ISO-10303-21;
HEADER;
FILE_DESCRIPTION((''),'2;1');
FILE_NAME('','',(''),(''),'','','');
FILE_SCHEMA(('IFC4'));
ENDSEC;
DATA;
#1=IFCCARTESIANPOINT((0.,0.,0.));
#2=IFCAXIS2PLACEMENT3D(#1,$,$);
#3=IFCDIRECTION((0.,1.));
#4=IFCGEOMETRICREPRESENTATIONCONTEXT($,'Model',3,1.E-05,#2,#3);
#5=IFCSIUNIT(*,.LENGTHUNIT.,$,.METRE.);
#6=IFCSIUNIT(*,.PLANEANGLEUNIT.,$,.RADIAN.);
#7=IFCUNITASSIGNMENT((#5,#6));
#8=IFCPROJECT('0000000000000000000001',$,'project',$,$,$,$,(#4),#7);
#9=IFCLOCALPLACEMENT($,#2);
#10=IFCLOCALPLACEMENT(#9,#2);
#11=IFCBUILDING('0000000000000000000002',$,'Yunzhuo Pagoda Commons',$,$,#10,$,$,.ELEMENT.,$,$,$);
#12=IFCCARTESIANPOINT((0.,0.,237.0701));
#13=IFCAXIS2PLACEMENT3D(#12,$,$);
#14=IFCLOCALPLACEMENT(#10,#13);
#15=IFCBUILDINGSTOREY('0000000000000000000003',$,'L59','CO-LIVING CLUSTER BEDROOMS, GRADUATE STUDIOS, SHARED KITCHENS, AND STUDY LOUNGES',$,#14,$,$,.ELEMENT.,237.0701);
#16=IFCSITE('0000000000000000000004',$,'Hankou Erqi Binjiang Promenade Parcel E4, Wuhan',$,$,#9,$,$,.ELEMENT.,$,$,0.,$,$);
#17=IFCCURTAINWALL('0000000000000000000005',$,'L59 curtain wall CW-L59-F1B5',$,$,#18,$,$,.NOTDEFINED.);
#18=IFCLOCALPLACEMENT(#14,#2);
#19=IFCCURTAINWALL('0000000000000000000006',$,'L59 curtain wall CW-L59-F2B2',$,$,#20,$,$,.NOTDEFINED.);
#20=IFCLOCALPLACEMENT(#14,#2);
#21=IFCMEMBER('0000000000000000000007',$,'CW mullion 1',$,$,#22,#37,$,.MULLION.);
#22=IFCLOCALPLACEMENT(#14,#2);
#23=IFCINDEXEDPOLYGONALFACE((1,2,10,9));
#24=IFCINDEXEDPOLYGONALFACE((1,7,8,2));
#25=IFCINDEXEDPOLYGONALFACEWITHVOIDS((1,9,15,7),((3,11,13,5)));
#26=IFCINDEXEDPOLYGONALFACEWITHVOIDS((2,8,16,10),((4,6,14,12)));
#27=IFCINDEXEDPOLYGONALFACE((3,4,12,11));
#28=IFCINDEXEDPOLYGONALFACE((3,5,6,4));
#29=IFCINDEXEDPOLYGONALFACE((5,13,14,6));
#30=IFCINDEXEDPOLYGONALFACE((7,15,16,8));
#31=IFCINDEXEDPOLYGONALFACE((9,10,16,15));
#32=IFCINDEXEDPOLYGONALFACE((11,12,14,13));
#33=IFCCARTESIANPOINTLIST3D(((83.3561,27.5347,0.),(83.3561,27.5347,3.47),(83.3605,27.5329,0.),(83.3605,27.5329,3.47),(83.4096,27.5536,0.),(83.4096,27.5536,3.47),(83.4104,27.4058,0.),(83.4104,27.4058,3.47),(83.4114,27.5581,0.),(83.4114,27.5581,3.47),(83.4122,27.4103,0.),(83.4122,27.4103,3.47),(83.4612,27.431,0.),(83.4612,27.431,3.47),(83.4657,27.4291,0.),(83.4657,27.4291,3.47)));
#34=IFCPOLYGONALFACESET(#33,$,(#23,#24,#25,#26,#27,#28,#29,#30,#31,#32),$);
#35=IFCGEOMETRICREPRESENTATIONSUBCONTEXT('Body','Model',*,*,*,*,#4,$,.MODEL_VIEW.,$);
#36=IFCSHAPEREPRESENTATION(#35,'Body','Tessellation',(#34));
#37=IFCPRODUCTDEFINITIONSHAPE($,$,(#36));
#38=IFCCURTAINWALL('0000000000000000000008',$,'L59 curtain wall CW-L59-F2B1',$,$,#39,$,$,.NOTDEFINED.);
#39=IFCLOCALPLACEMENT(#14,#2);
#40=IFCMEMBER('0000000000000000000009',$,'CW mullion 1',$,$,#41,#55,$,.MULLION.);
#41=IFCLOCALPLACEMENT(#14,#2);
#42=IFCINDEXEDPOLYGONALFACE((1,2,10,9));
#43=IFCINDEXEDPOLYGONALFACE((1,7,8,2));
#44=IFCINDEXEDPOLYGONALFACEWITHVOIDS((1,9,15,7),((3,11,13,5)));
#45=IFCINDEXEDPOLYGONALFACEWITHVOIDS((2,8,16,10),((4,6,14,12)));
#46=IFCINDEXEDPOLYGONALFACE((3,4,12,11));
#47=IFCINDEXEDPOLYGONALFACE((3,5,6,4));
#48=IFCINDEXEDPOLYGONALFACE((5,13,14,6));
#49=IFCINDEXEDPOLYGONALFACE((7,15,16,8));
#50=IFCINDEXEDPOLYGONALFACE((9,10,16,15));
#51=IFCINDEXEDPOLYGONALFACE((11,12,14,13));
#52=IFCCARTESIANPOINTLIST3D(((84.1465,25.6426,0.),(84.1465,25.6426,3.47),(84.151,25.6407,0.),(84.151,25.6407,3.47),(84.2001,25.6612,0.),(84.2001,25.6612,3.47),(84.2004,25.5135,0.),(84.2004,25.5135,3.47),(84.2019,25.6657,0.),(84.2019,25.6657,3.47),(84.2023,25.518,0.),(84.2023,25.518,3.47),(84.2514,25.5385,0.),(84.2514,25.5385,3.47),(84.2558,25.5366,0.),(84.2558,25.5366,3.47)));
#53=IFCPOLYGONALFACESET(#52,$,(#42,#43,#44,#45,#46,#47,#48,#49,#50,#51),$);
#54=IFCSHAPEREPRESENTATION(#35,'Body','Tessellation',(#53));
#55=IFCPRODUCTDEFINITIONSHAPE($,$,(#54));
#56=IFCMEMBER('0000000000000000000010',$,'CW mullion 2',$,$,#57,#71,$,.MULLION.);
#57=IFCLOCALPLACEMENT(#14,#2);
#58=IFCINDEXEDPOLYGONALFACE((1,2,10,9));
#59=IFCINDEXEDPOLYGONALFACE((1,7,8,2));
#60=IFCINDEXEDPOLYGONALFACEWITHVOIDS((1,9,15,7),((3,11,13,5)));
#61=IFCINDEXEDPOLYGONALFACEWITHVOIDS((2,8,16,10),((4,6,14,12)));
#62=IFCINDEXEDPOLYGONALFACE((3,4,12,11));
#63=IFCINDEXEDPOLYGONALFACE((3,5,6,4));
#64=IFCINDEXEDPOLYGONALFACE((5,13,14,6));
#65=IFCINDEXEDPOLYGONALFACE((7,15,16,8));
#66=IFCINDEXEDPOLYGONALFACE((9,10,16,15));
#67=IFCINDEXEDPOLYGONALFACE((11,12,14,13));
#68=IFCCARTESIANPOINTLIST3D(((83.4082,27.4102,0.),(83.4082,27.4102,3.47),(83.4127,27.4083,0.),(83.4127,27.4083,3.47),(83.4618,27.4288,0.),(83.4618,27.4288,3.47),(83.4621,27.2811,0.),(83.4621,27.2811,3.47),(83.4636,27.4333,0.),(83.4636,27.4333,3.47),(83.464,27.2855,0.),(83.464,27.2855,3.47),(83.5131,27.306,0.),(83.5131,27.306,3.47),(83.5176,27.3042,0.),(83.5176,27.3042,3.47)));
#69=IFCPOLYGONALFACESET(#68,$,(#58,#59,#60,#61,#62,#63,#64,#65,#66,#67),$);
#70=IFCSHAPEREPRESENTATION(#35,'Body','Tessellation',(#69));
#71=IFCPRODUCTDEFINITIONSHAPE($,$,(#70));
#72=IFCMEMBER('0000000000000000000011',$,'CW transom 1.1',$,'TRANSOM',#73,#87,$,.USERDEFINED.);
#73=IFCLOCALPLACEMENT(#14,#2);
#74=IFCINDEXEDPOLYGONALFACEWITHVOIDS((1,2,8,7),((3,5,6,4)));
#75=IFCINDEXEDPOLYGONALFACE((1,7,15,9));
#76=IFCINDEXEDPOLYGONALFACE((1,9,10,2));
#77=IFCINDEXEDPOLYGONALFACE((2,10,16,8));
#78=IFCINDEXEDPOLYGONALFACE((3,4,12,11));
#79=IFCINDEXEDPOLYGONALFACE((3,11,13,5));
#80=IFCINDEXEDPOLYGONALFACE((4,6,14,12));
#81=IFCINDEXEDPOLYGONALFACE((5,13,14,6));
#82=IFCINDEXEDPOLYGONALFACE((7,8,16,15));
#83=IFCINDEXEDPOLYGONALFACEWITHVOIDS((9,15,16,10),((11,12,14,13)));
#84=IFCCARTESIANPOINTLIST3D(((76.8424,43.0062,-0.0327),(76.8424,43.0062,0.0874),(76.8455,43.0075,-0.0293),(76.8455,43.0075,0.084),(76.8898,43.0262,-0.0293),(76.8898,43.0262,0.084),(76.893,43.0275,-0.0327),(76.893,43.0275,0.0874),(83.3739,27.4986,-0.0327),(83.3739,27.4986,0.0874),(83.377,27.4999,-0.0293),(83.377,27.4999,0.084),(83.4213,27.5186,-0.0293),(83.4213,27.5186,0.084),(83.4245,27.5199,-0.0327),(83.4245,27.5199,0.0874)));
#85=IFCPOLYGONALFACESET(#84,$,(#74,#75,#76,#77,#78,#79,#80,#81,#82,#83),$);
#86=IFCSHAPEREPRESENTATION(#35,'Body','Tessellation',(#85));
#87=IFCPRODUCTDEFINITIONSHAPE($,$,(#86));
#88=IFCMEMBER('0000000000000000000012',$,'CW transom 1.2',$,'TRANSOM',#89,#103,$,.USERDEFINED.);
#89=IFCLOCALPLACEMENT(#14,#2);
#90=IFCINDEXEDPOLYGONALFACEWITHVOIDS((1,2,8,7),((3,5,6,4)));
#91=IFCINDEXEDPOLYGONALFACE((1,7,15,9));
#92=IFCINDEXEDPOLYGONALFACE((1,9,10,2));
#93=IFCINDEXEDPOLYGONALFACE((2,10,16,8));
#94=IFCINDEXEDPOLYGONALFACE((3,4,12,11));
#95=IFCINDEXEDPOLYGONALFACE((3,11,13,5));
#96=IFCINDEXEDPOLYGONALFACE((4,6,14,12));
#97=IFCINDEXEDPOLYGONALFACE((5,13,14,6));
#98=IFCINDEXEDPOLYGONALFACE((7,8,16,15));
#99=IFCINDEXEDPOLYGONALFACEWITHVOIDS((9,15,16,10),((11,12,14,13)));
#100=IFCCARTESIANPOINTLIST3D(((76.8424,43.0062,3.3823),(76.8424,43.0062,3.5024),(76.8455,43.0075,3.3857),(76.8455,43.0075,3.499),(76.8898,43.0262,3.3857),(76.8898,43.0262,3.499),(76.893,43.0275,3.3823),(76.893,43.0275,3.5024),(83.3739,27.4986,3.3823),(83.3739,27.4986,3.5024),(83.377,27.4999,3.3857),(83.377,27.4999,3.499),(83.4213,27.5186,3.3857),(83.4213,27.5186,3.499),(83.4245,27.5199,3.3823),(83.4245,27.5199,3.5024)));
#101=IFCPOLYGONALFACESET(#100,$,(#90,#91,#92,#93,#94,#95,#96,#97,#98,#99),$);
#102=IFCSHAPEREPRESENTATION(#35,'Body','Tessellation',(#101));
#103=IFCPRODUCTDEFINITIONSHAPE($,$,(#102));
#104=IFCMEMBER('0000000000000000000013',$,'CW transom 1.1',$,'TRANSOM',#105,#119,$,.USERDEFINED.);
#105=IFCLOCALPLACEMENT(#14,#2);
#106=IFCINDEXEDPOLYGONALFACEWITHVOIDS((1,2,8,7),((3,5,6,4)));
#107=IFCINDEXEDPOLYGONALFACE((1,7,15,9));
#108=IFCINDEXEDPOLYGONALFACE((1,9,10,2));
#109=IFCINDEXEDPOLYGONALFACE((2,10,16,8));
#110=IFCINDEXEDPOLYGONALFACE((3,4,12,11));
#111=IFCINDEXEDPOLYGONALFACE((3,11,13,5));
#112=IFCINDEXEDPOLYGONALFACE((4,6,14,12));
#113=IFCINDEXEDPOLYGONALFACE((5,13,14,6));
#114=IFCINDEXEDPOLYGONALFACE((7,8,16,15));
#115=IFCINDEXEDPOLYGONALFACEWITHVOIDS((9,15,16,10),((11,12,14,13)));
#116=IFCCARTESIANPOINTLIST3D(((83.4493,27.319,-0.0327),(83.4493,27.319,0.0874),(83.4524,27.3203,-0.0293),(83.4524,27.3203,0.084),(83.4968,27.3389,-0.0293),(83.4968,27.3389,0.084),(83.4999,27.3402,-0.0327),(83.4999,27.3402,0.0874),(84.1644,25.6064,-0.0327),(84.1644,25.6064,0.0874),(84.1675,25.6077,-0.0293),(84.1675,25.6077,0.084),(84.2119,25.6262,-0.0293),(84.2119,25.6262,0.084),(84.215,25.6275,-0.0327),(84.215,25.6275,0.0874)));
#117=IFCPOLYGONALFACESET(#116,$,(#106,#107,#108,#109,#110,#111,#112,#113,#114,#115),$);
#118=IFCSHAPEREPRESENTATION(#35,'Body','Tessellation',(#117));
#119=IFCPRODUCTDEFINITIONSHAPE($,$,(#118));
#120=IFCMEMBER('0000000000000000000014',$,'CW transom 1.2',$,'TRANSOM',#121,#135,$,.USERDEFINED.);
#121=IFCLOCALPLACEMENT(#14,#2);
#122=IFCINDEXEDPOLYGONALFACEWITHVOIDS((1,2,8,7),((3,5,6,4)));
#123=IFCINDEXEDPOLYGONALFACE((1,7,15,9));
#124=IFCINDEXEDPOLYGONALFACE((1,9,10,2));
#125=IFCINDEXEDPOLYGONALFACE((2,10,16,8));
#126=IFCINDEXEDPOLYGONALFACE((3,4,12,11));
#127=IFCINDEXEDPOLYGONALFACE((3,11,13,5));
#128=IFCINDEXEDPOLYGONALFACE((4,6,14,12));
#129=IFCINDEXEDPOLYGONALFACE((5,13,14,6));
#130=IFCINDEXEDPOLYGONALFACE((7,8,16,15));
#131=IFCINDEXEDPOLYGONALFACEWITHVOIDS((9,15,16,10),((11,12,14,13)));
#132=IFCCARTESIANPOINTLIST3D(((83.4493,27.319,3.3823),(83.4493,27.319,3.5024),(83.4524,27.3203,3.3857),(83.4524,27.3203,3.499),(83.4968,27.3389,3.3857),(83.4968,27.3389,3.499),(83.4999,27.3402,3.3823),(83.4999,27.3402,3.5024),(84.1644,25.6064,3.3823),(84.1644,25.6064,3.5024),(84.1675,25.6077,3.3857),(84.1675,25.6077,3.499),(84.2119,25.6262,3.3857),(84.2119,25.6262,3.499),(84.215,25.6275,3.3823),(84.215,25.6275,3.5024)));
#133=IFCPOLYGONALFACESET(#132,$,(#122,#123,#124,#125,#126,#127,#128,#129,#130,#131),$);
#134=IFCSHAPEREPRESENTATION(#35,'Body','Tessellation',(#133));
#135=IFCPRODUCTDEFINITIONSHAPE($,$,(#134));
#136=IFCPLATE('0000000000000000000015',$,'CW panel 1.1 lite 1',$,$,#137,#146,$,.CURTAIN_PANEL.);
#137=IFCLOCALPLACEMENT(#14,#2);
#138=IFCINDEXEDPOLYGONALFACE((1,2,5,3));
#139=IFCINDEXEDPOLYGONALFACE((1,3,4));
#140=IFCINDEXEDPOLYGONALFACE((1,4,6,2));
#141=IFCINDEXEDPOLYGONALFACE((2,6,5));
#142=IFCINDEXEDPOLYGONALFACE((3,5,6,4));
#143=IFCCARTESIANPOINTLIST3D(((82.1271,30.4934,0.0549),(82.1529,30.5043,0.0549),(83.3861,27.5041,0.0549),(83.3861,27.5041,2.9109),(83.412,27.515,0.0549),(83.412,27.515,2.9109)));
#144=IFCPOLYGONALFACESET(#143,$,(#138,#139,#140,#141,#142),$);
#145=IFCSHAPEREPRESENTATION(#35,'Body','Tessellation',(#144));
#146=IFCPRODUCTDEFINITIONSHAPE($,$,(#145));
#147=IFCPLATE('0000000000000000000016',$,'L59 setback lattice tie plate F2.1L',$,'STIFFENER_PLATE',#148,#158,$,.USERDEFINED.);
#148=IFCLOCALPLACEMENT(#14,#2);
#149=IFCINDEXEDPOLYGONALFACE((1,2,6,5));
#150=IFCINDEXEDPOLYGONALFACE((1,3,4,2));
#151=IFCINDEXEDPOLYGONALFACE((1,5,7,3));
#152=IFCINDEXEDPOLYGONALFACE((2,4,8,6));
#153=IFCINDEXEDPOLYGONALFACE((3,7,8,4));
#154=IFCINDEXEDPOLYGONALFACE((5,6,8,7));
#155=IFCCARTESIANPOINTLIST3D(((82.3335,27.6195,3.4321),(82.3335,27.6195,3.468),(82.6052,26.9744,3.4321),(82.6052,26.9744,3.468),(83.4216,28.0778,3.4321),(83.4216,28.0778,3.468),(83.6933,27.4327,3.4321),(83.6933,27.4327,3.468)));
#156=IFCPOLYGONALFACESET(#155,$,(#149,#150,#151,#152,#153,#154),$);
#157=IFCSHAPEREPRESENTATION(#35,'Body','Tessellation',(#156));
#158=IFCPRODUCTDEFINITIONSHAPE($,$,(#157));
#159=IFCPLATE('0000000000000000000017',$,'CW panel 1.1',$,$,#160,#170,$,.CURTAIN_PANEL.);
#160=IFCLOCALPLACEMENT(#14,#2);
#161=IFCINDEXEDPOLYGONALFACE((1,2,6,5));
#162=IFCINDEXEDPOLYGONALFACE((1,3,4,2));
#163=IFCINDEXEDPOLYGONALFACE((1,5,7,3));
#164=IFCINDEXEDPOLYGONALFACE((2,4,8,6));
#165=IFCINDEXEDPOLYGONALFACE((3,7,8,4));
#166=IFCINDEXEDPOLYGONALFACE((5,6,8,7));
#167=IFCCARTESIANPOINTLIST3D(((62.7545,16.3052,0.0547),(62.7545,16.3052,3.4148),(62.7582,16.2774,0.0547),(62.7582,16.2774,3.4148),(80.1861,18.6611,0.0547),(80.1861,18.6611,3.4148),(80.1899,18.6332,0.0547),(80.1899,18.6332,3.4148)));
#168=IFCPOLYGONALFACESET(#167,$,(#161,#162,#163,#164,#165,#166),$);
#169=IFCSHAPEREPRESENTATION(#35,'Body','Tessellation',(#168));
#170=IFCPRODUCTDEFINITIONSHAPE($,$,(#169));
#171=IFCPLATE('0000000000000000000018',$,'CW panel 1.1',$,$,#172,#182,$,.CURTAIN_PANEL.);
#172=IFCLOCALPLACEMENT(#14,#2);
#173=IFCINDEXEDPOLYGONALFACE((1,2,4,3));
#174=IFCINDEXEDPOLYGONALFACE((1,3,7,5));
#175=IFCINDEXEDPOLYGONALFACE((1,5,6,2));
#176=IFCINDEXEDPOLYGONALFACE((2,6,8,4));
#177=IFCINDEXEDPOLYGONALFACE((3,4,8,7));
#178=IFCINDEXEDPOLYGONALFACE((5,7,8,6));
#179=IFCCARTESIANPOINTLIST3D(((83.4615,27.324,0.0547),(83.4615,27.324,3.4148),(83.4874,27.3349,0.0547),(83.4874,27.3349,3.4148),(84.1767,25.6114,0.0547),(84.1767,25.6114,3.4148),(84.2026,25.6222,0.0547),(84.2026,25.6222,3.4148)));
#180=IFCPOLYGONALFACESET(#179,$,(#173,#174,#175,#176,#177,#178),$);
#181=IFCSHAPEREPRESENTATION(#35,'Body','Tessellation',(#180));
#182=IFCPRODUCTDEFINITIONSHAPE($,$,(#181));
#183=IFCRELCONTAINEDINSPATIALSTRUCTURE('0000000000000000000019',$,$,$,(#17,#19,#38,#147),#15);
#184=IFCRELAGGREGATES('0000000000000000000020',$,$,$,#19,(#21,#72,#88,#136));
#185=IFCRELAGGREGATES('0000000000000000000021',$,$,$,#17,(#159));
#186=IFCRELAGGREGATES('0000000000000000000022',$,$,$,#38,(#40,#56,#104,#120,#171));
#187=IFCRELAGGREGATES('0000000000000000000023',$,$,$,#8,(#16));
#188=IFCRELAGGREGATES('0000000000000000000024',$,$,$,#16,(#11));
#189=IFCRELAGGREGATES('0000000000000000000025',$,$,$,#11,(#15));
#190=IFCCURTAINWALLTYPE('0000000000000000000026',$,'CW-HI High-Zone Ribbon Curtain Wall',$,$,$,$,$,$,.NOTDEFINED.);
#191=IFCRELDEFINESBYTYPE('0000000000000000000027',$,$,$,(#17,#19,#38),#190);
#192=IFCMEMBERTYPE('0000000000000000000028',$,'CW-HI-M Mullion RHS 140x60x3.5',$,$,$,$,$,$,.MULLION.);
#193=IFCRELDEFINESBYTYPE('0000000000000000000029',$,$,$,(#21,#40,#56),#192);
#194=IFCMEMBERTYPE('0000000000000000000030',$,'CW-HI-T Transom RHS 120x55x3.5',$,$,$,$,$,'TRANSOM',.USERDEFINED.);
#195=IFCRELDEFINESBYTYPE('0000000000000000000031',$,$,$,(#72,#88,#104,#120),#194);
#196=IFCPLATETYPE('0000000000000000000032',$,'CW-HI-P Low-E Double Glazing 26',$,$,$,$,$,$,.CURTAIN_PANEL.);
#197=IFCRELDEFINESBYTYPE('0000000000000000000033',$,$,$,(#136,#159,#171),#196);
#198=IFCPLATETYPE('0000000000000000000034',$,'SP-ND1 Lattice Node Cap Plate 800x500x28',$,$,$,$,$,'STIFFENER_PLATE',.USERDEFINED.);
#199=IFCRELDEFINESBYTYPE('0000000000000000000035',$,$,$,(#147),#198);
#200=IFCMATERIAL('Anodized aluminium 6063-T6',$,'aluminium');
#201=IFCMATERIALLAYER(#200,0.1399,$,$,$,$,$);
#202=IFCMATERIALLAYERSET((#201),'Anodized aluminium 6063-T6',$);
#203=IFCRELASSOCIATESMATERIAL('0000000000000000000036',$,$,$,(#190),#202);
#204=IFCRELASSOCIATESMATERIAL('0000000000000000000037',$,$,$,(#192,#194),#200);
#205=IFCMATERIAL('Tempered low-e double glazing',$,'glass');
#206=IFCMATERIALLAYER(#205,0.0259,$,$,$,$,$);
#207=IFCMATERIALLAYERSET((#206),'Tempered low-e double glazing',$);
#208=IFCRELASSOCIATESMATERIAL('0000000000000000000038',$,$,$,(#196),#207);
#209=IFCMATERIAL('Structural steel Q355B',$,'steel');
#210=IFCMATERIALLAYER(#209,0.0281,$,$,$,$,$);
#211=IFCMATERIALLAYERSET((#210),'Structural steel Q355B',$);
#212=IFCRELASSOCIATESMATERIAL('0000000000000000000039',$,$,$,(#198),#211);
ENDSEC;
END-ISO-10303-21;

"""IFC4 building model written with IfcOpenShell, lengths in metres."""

from ifc_helpers import new_model, si_unit, direction, frame, origin, origin_2d, place, context, subcontext, project, spatial, polyline, rectangle, hollow_rectangle, outline, extrude, source, transform, mapped, material, layer, layer_set, material_profile, profile_set, type_object, element, aggregate, save


model = new_model("IFC4")

# Units and contexts
model_context = context("Model", 3, precision=1e-05, world=origin(), true_north=direction((0.0, 1.0)))
body_context = subcontext(model_context, "Body", "Model", "MODEL_VIEW")
ifc_project = project(units=[si_unit("LENGTHUNIT", "METRE"), si_unit("PLANEANGLEUNIT", "RADIAN")], contexts=[model_context])

# Site, building, storey
site_placement = place(None, origin())
site = spatial("IfcSite", under=ifc_project, at=site_placement, Name="Hankou Erqi Binjiang Promenade Parcel E4, Wuhan", CompositionType="ELEMENT", RefElevation=0.0)
building_placement = place(site_placement, origin())
building = spatial("IfcBuilding", under=site, at=building_placement, Name="Yunzhuo Pagoda Commons", CompositionType="ELEMENT")
storey_placement = place(building_placement, frame((0.0, 0.0, 237.0701)))
storey = spatial("IfcBuildingStorey", under=building, at=storey_placement, Name="L59", Description="CO-LIVING CLUSTER BEDROOMS, GRADUATE STUDIOS, SHARED KITCHENS, AND STUDY LOUNGES", CompositionType="ELEMENT", Elevation=237.0701)

# Shared definitions
ifc_material_1 = material(Name="Structural steel Q355B", Category="steel")

# Curtain walls, member
ifc_material_2 = material(Name="Anodized aluminium 6063-T6", Category="aluminium")
ifc_layer_1 = layer(ifc_material_2, 0.1399)
ifc_layer_set_1 = layer_set([ifc_layer_1], Name="Anodized aluminium 6063-T6")
curtain_wall_type = type_object("IfcCurtainWallType", Name="CW-HI High-Zone Ribbon Curtain Wall", PredefinedType="NOTDEFINED", material=ifc_layer_set_1)
curtain_wall_1_placement = place(storey_placement, origin())
curtain_wall_1 = element("IfcCurtainWall", 1, at=curtain_wall_1_placement, inside=storey, type_object=curtain_wall_type, Name="L59 curtain wall CW-L59-F1B5", PredefinedType="NOTDEFINED")
ifc_material_profile_1 = material_profile(ifc_material_2, hollow_rectangle(XDim=0.0601, YDim=0.1399, WallThickness=0.0034, at=origin_2d()), Name="Anodized aluminium 6063-T6")
ifc_profile_set_1 = profile_set([ifc_material_profile_1], Name="Anodized aluminium 6063-T6")
member_type_1 = type_object("IfcMemberType", Name="CW-HI-M Mullion RHS 140x60x3.5", PredefinedType="MULLION", material=ifc_profile_set_1)
shared_shape_1 = source(origin(), body_context, "Body", "SweptSolid", [
    extrude(hollow_rectangle(XDim=0.0601, YDim=0.1399, WallThickness=0.0034, at=origin_2d()), origin(), (0.0, 0.0, 1.0), 3.47),
])
curtain_wall_2_placement = place(storey_placement, origin())
curtain_wall_2 = element("IfcCurtainWall", 2, at=curtain_wall_2_placement, inside=storey, type_object=curtain_wall_type, Name="L59 curtain wall CW-L59-F2B2", PredefinedType="NOTDEFINED")
member_1_placement = place(storey_placement, frame((83.4109, 27.4819, 0.0), z_axis=(0.0, 0.0, 1.0), x_axis=(-0.921589, -0.388167, 0.0)))
member_1 = element("IfcMember", 3, at=member_1_placement, type_object=member_type_1, Name="CW mullion 1", PredefinedType="MULLION", context=body_context, shape_type="MappedRepresentation", body=[
    mapped(shared_shape_1, transform((0.0, 0.0, 0.0), scale=1.0)),
])

# Curtain wall, members
curtain_wall_3_placement = place(storey_placement, origin())
curtain_wall_3 = element("IfcCurtainWall", 4, at=curtain_wall_3_placement, inside=storey, type_object=curtain_wall_type, Name="L59 curtain wall CW-L59-F2B1", PredefinedType="NOTDEFINED")
member_2_placement = place(storey_placement, frame((84.2012, 25.5896, 0.0), z_axis=(0.0, 0.0, 1.0), x_axis=(-0.922773, -0.385345, 0.0)))
member_2 = element("IfcMember", 5, at=member_2_placement, type_object=member_type_1, Name="CW mullion 1", PredefinedType="MULLION", context=body_context, shape_type="MappedRepresentation", body=[
    mapped(shared_shape_1, transform((0.0, 0.0, 0.0), scale=1.0)),
])
member_3_placement = place(storey_placement, frame((83.4629, 27.3572, 0.0), z_axis=(0.0, 0.0, 1.0), x_axis=(-0.922773, -0.385345, 0.0)))
member_3 = element("IfcMember", 6, at=member_3_placement, type_object=member_type_1, Name="CW mullion 2", PredefinedType="MULLION", context=body_context, shape_type="MappedRepresentation", body=[
    mapped(shared_shape_1, transform((0.0, 0.0, 0.0), scale=1.0)),
])

# Members
ifc_material_profile_2 = material_profile(ifc_material_2, hollow_rectangle(XDim=0.0549, YDim=0.1201, WallThickness=0.0034, at=origin_2d()), Name="Anodized aluminium 6063-T6")
ifc_profile_set_2 = profile_set([ifc_material_profile_2], Name="Anodized aluminium 6063-T6")
member_type_2 = type_object("IfcMemberType", Name="CW-HI-T Transom RHS 120x55x3.5", ElementType="TRANSOM", PredefinedType="USERDEFINED", material=ifc_profile_set_2)
shared_shape_2 = source(origin(), body_context, "Body", "SweptSolid", [
    extrude(hollow_rectangle(XDim=0.0549, YDim=0.1201, WallThickness=0.0034, at=origin_2d()), origin(), (0.0, 0.0, 1.0), 16.8269),
])
member_4_placement = place(storey_placement, frame((83.3992, 27.5093, 0.0273), z_axis=(-0.388158, 0.921593, 0.0), x_axis=(-0.921593, -0.388158, 0.0)))
member_4 = element("IfcMember", 7, at=member_4_placement, type_object=member_type_2, Name="CW transom 1.1", ObjectType="TRANSOM", PredefinedType="USERDEFINED", context=body_context, shape_type="MappedRepresentation", body=[
    mapped(shared_shape_2, transform((0.0, 0.0, 0.0), scale=1.0)),
])
member_5_placement = place(storey_placement, frame((83.3992, 27.5093, 3.4424), z_axis=(-0.388158, 0.921593, 0.0), x_axis=(-0.921593, -0.388158, 0.0)))
member_5 = element("IfcMember", 8, at=member_5_placement, type_object=member_type_2, Name="CW transom 1.2", ObjectType="TRANSOM", PredefinedType="USERDEFINED", context=body_context, shape_type="MappedRepresentation", body=[
    mapped(shared_shape_2, transform((0.0, 0.0, 0.0), scale=1.0)),
])
shared_shape_3 = source(origin(), body_context, "Body", "SweptSolid", [
    extrude(hollow_rectangle(XDim=0.0549, YDim=0.1201, WallThickness=0.0034, at=origin_2d()), origin(), (0.0, 0.0, 1.0), 1.856),
])
member_6_placement = place(storey_placement, frame((84.1897, 25.6169, 0.0273), z_axis=(-0.385297, 0.922793, 0.0), x_axis=(-0.922793, -0.385297, 0.0)))
member_6 = element("IfcMember", 9, at=member_6_placement, type_object=member_type_2, Name="CW transom 1.1", ObjectType="TRANSOM", PredefinedType="USERDEFINED", context=body_context, shape_type="MappedRepresentation", body=[
    mapped(shared_shape_3, transform((0.0, 0.0, 0.0), scale=1.0)),
])
member_7_placement = place(storey_placement, frame((84.1897, 25.6169, 3.4424), z_axis=(-0.385297, 0.922793, 0.0), x_axis=(-0.922793, -0.385297, 0.0)))
member_7 = element("IfcMember", 10, at=member_7_placement, type_object=member_type_2, Name="CW transom 1.2", ObjectType="TRANSOM", PredefinedType="USERDEFINED", context=body_context, shape_type="MappedRepresentation", body=[
    mapped(shared_shape_3, transform((0.0, 0.0, 0.0), scale=1.0)),
])

# Plates
ifc_material_3 = material(Name="Tempered low-e double glazing", Category="glass")
ifc_layer_2 = layer(ifc_material_3, 0.0259)
ifc_layer_set_2 = layer_set([ifc_layer_2], Name="Tempered low-e double glazing")
plate_type_1 = type_object("IfcPlateType", Name="CW-HI-P Low-E Double Glazing 26", PredefinedType="CURTAIN_PANEL", material=ifc_layer_set_2)
plate_1_placement = place(storey_placement, frame((82.7566, 28.9988, 1.4829), z_axis=(0.921589, 0.388167, 0.0), x_axis=(-0.388167, 0.921589, 0.0)))
plate_1 = element("IfcPlate", 11, at=plate_1_placement, type_object=plate_type_1, Name="CW panel 1.1 lite 1", PredefinedType="CURTAIN_PANEL", context=body_context, shape_type="SweptSolid", body=[
    extrude(outline(polyline([(-1.6218, -1.428), (1.6218, -1.428), (-1.6218, 1.428), (-1.6218, -1.428)])), origin(), (0.0, 0.0, 1.0), 0.0281),
])
aggregate(curtain_wall_2, [member_1, member_4, member_5, plate_1])
ifc_layer_3 = layer(ifc_material_1, 0.0281)
ifc_layer_set_3 = layer_set([ifc_layer_3], Name="Structural steel Q355B")
plate_type_2 = type_object("IfcPlateType", Name="SP-ND1 Lattice Node Cap Plate 800x500x28", ElementType="STIFFENER_PLATE", PredefinedType="USERDEFINED", material=ifc_layer_set_3)
shared_shape_4 = source(origin(), body_context, "Body", "SweptSolid", [
    extrude(rectangle(XDim=0.7, YDim=1.1807, at=origin_2d()), origin(), (0.0, 0.0, 1.0), 0.0359),
])
plate_2_placement = place(storey_placement, frame((83.0134, 27.5261, 3.4321), z_axis=(0.0, 0.0, 1.0), x_axis=(-0.388175, 0.921586, 0.0)))
element("IfcPlate", 12, at=plate_2_placement, inside=storey, type_object=plate_type_2, Name="L59 setback lattice tie plate F2.1L", ObjectType="STIFFENER_PLATE", PredefinedType="USERDEFINED", context=body_context, shape_type="MappedRepresentation", body=[
    mapped(shared_shape_4, transform((0.0, 0.0, 0.0), scale=1.0)),
])
shared_shape_5 = source(origin(), body_context, "Body", "SweptSolid", [
    extrude(rectangle(XDim=17.5901, YDim=0.0281, at=origin_2d()), origin(), (0.0, 0.0, 1.0), 3.3601),
])
plate_3_placement = place(storey_placement, frame((71.4722, 17.4692, 0.0547), z_axis=(0.0, 0.0, 1.0), x_axis=(0.990991, 0.13393, 0.0)))
plate_3 = element("IfcPlate", 13, at=plate_3_placement, type_object=plate_type_1, Name="CW panel 1.1", PredefinedType="CURTAIN_PANEL", context=body_context, shape_type="MappedRepresentation", body=[
    mapped(shared_shape_5, transform((0.0, 0.0, 0.0), scale=1.0)),
])
aggregate(curtain_wall_1, [plate_3])
shared_shape_6 = source(origin(), body_context, "Body", "SweptSolid", [
    extrude(rectangle(XDim=1.856, YDim=0.0281, at=origin_2d()), origin(), (0.0, 0.0, 1.0), 3.3601),
])
plate_4_placement = place(storey_placement, frame((83.832, 26.4731, 0.0547), z_axis=(0.0, 0.0, 1.0), x_axis=(-0.385345, 0.922773, 0.0)))
plate_4 = element("IfcPlate", 14, at=plate_4_placement, type_object=plate_type_1, Name="CW panel 1.1", PredefinedType="CURTAIN_PANEL", context=body_context, shape_type="MappedRepresentation", body=[
    mapped(shared_shape_6, transform((0.0, 0.0, 0.0), scale=1.0)),
])
aggregate(curtain_wall_3, [member_2, member_3, member_6, member_7, plate_4])

save(model, "model.ifc")
